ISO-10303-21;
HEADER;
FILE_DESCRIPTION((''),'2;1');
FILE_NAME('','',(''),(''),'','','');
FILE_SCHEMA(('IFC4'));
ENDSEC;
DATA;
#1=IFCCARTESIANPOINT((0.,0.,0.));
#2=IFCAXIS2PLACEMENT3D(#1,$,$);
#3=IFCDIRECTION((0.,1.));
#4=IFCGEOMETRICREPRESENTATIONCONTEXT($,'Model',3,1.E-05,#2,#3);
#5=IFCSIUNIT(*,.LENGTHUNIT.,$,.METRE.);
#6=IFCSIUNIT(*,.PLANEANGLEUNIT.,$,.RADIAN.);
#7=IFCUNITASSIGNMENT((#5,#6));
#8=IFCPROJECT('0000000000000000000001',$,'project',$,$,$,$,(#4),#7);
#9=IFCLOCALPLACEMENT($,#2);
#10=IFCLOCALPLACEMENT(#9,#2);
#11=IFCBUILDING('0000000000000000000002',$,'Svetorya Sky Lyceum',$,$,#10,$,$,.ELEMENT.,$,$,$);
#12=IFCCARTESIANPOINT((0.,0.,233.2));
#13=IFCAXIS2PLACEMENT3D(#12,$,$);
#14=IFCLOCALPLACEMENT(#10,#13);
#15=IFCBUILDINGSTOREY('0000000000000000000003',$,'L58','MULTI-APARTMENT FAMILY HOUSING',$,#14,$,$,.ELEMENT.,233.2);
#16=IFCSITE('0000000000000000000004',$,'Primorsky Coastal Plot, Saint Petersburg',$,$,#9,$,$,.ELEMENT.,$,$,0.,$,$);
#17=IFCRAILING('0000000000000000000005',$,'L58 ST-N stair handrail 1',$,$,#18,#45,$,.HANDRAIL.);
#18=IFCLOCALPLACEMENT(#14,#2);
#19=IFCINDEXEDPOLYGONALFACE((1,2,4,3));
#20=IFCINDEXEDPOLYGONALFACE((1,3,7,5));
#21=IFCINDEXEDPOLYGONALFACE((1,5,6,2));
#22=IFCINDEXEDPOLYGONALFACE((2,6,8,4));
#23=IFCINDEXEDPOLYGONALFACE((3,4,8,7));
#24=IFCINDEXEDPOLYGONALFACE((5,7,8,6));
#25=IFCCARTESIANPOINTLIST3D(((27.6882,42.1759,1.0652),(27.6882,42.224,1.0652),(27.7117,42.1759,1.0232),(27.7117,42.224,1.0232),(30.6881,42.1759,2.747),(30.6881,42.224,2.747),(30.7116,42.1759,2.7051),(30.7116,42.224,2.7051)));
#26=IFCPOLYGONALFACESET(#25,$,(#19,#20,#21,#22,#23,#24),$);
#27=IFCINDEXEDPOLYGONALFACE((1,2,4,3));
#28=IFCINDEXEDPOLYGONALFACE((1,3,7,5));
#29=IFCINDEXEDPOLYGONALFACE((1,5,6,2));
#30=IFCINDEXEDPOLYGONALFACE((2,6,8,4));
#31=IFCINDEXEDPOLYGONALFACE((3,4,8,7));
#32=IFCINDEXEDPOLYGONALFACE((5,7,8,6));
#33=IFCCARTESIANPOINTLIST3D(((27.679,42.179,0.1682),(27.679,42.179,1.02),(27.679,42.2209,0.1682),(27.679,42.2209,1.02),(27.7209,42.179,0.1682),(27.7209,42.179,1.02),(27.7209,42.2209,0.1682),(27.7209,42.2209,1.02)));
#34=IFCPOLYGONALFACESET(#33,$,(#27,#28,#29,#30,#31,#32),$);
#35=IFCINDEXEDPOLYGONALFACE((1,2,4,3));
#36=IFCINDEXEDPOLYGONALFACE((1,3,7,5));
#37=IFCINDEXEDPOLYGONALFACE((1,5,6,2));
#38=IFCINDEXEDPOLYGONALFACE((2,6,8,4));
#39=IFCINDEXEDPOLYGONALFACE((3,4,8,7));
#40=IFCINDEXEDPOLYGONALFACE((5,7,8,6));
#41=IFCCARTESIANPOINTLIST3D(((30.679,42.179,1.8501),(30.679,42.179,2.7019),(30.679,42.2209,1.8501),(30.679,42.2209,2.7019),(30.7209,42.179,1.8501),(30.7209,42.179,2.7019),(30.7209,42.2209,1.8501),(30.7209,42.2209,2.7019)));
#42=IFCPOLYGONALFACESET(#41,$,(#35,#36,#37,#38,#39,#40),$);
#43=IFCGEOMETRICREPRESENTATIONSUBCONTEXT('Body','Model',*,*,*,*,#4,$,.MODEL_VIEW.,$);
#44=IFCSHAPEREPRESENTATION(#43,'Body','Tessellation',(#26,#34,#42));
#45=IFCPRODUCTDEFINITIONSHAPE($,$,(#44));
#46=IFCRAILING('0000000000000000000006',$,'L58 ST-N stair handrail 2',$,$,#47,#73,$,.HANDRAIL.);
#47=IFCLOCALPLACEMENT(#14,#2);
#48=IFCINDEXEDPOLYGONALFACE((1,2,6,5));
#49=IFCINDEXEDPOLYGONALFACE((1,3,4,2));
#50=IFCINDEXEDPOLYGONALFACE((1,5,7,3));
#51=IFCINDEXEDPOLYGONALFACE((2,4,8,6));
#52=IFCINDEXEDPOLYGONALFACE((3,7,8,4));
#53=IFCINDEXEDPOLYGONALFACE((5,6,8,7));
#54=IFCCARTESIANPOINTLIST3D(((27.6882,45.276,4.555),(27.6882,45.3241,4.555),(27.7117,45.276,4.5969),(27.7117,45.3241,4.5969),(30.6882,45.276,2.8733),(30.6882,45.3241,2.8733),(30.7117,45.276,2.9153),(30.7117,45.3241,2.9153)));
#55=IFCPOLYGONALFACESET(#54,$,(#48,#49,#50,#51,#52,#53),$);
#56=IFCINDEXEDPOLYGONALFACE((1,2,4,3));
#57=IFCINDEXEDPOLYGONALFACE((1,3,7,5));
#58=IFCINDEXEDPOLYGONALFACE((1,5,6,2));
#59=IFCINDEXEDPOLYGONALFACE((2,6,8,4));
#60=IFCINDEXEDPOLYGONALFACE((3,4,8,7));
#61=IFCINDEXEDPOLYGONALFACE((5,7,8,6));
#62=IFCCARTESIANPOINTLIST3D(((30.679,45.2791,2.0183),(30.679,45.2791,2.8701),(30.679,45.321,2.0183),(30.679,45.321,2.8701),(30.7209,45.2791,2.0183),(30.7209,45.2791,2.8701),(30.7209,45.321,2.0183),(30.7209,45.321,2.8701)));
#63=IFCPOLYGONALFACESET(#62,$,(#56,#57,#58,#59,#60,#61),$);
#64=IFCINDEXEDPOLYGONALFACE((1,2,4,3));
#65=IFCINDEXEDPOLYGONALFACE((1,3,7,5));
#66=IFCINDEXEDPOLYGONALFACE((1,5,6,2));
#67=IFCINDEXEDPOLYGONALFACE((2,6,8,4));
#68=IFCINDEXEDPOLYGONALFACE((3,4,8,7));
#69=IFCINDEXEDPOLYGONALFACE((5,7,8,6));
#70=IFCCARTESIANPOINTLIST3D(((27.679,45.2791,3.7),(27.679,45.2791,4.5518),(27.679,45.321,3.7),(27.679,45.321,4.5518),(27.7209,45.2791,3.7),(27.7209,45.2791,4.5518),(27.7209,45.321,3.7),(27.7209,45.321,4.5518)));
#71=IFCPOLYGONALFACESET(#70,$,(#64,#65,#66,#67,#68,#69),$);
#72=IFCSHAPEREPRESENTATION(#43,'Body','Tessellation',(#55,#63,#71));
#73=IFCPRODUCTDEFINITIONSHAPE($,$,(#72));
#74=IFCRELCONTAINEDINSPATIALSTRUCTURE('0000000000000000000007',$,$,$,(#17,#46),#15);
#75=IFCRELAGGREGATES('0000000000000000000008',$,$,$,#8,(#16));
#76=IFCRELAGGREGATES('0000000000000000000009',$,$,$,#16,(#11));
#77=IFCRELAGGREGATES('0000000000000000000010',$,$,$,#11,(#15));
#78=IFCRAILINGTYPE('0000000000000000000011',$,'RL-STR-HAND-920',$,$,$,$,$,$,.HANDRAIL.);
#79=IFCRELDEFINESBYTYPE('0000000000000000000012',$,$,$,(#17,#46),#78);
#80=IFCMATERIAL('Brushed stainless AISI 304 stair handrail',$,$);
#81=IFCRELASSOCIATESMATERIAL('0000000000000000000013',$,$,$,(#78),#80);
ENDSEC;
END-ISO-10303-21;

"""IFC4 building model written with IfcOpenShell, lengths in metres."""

from ifc_helpers import new_model, si_unit, direction, frame, origin, origin_2d, place, context, subcontext, project, spatial, rectangle, extrude, material, type_object, element, save


model = new_model("IFC4")

# Units and contexts
model_context = context("Model", 3, precision=1e-05, world=origin(), true_north=direction((0.0, 1.0)))
body_context = subcontext(model_context, "Body", "Model", "MODEL_VIEW")
ifc_project = project(units=[si_unit("LENGTHUNIT", "METRE"), si_unit("PLANEANGLEUNIT", "RADIAN")], contexts=[model_context])

# Site, building, storey
site_placement = place(None, origin())
site = spatial("IfcSite", under=ifc_project, at=site_placement, Name="Primorsky Coastal Plot, Saint Petersburg", CompositionType="ELEMENT", RefElevation=0.0)
building_placement = place(site_placement, origin())
building = spatial("IfcBuilding", under=site, at=building_placement, Name="Svetorya Sky Lyceum", CompositionType="ELEMENT")
storey_placement = place(building_placement, frame((0.0, 0.0, 233.2)))
storey = spatial("IfcBuildingStorey", under=building, at=storey_placement, Name="L58", Description="MULTI-APARTMENT FAMILY HOUSING", CompositionType="ELEMENT", Elevation=233.2)

# Railings
ifc_material_1 = material(Name="Brushed stainless AISI 304 stair handrail")
railing_type_1 = type_object("IfcRailingType", Name="RL-STR-HAND-920", PredefinedType="HANDRAIL", material=ifc_material_1)
railing_1_placement = place(storey_placement, frame((27.7, 42.2, 0.1682)))
element("IfcRailing", 1, at=railing_1_placement, inside=storey, type_object=railing_type_1, Name="L58 ST-N stair handrail 1", PredefinedType="HANDRAIL", context=body_context, shape_type="SweptSolid", body=[
    extrude(rectangle(XDim=0.0481, YDim=0.0481, at=origin_2d()), frame((0.0, 0.0, 0.876), z_axis=(0.872272, 0.0, 0.48902), x_axis=(0.0, 1.0, 0.0)), (0.0, 0.0, 1.0), 3.4392),
    extrude(rectangle(XDim=0.042, YDim=0.042, at=origin_2d()), origin(), (0.0, 0.0, 1.0), 0.8518),
    extrude(rectangle(XDim=0.042, YDim=0.042, at=origin_2d()), frame((3.0, 0.0, 1.6819)), (0.0, 0.0, 1.0), 0.8518),
])
railing_2_placement = place(storey_placement, frame((30.7, 45.3, 2.0183)))
element("IfcRailing", 2, at=railing_2_placement, inside=storey, type_object=railing_type_1, Name="L58 ST-N stair handrail 2", PredefinedType="HANDRAIL", context=body_context, shape_type="SweptSolid", body=[
    extrude(rectangle(XDim=0.0481, YDim=0.0481, at=origin_2d()), frame((0.0, 0.0, 0.876), z_axis=(-0.872303, 0.0, 0.488966), x_axis=(0.0, -1.0, 0.0)), (0.0, 0.0, 1.0), 3.4392),
    extrude(rectangle(XDim=0.042, YDim=0.042, at=origin_2d()), origin(), (0.0, 0.0, 1.0), 0.8518),
    extrude(rectangle(XDim=0.042, YDim=0.042, at=origin_2d()), frame((-3.0, 0.0, 1.6816)), (0.0, 0.0, 1.0), 0.8518),
])

save(model, "model.ifc")
